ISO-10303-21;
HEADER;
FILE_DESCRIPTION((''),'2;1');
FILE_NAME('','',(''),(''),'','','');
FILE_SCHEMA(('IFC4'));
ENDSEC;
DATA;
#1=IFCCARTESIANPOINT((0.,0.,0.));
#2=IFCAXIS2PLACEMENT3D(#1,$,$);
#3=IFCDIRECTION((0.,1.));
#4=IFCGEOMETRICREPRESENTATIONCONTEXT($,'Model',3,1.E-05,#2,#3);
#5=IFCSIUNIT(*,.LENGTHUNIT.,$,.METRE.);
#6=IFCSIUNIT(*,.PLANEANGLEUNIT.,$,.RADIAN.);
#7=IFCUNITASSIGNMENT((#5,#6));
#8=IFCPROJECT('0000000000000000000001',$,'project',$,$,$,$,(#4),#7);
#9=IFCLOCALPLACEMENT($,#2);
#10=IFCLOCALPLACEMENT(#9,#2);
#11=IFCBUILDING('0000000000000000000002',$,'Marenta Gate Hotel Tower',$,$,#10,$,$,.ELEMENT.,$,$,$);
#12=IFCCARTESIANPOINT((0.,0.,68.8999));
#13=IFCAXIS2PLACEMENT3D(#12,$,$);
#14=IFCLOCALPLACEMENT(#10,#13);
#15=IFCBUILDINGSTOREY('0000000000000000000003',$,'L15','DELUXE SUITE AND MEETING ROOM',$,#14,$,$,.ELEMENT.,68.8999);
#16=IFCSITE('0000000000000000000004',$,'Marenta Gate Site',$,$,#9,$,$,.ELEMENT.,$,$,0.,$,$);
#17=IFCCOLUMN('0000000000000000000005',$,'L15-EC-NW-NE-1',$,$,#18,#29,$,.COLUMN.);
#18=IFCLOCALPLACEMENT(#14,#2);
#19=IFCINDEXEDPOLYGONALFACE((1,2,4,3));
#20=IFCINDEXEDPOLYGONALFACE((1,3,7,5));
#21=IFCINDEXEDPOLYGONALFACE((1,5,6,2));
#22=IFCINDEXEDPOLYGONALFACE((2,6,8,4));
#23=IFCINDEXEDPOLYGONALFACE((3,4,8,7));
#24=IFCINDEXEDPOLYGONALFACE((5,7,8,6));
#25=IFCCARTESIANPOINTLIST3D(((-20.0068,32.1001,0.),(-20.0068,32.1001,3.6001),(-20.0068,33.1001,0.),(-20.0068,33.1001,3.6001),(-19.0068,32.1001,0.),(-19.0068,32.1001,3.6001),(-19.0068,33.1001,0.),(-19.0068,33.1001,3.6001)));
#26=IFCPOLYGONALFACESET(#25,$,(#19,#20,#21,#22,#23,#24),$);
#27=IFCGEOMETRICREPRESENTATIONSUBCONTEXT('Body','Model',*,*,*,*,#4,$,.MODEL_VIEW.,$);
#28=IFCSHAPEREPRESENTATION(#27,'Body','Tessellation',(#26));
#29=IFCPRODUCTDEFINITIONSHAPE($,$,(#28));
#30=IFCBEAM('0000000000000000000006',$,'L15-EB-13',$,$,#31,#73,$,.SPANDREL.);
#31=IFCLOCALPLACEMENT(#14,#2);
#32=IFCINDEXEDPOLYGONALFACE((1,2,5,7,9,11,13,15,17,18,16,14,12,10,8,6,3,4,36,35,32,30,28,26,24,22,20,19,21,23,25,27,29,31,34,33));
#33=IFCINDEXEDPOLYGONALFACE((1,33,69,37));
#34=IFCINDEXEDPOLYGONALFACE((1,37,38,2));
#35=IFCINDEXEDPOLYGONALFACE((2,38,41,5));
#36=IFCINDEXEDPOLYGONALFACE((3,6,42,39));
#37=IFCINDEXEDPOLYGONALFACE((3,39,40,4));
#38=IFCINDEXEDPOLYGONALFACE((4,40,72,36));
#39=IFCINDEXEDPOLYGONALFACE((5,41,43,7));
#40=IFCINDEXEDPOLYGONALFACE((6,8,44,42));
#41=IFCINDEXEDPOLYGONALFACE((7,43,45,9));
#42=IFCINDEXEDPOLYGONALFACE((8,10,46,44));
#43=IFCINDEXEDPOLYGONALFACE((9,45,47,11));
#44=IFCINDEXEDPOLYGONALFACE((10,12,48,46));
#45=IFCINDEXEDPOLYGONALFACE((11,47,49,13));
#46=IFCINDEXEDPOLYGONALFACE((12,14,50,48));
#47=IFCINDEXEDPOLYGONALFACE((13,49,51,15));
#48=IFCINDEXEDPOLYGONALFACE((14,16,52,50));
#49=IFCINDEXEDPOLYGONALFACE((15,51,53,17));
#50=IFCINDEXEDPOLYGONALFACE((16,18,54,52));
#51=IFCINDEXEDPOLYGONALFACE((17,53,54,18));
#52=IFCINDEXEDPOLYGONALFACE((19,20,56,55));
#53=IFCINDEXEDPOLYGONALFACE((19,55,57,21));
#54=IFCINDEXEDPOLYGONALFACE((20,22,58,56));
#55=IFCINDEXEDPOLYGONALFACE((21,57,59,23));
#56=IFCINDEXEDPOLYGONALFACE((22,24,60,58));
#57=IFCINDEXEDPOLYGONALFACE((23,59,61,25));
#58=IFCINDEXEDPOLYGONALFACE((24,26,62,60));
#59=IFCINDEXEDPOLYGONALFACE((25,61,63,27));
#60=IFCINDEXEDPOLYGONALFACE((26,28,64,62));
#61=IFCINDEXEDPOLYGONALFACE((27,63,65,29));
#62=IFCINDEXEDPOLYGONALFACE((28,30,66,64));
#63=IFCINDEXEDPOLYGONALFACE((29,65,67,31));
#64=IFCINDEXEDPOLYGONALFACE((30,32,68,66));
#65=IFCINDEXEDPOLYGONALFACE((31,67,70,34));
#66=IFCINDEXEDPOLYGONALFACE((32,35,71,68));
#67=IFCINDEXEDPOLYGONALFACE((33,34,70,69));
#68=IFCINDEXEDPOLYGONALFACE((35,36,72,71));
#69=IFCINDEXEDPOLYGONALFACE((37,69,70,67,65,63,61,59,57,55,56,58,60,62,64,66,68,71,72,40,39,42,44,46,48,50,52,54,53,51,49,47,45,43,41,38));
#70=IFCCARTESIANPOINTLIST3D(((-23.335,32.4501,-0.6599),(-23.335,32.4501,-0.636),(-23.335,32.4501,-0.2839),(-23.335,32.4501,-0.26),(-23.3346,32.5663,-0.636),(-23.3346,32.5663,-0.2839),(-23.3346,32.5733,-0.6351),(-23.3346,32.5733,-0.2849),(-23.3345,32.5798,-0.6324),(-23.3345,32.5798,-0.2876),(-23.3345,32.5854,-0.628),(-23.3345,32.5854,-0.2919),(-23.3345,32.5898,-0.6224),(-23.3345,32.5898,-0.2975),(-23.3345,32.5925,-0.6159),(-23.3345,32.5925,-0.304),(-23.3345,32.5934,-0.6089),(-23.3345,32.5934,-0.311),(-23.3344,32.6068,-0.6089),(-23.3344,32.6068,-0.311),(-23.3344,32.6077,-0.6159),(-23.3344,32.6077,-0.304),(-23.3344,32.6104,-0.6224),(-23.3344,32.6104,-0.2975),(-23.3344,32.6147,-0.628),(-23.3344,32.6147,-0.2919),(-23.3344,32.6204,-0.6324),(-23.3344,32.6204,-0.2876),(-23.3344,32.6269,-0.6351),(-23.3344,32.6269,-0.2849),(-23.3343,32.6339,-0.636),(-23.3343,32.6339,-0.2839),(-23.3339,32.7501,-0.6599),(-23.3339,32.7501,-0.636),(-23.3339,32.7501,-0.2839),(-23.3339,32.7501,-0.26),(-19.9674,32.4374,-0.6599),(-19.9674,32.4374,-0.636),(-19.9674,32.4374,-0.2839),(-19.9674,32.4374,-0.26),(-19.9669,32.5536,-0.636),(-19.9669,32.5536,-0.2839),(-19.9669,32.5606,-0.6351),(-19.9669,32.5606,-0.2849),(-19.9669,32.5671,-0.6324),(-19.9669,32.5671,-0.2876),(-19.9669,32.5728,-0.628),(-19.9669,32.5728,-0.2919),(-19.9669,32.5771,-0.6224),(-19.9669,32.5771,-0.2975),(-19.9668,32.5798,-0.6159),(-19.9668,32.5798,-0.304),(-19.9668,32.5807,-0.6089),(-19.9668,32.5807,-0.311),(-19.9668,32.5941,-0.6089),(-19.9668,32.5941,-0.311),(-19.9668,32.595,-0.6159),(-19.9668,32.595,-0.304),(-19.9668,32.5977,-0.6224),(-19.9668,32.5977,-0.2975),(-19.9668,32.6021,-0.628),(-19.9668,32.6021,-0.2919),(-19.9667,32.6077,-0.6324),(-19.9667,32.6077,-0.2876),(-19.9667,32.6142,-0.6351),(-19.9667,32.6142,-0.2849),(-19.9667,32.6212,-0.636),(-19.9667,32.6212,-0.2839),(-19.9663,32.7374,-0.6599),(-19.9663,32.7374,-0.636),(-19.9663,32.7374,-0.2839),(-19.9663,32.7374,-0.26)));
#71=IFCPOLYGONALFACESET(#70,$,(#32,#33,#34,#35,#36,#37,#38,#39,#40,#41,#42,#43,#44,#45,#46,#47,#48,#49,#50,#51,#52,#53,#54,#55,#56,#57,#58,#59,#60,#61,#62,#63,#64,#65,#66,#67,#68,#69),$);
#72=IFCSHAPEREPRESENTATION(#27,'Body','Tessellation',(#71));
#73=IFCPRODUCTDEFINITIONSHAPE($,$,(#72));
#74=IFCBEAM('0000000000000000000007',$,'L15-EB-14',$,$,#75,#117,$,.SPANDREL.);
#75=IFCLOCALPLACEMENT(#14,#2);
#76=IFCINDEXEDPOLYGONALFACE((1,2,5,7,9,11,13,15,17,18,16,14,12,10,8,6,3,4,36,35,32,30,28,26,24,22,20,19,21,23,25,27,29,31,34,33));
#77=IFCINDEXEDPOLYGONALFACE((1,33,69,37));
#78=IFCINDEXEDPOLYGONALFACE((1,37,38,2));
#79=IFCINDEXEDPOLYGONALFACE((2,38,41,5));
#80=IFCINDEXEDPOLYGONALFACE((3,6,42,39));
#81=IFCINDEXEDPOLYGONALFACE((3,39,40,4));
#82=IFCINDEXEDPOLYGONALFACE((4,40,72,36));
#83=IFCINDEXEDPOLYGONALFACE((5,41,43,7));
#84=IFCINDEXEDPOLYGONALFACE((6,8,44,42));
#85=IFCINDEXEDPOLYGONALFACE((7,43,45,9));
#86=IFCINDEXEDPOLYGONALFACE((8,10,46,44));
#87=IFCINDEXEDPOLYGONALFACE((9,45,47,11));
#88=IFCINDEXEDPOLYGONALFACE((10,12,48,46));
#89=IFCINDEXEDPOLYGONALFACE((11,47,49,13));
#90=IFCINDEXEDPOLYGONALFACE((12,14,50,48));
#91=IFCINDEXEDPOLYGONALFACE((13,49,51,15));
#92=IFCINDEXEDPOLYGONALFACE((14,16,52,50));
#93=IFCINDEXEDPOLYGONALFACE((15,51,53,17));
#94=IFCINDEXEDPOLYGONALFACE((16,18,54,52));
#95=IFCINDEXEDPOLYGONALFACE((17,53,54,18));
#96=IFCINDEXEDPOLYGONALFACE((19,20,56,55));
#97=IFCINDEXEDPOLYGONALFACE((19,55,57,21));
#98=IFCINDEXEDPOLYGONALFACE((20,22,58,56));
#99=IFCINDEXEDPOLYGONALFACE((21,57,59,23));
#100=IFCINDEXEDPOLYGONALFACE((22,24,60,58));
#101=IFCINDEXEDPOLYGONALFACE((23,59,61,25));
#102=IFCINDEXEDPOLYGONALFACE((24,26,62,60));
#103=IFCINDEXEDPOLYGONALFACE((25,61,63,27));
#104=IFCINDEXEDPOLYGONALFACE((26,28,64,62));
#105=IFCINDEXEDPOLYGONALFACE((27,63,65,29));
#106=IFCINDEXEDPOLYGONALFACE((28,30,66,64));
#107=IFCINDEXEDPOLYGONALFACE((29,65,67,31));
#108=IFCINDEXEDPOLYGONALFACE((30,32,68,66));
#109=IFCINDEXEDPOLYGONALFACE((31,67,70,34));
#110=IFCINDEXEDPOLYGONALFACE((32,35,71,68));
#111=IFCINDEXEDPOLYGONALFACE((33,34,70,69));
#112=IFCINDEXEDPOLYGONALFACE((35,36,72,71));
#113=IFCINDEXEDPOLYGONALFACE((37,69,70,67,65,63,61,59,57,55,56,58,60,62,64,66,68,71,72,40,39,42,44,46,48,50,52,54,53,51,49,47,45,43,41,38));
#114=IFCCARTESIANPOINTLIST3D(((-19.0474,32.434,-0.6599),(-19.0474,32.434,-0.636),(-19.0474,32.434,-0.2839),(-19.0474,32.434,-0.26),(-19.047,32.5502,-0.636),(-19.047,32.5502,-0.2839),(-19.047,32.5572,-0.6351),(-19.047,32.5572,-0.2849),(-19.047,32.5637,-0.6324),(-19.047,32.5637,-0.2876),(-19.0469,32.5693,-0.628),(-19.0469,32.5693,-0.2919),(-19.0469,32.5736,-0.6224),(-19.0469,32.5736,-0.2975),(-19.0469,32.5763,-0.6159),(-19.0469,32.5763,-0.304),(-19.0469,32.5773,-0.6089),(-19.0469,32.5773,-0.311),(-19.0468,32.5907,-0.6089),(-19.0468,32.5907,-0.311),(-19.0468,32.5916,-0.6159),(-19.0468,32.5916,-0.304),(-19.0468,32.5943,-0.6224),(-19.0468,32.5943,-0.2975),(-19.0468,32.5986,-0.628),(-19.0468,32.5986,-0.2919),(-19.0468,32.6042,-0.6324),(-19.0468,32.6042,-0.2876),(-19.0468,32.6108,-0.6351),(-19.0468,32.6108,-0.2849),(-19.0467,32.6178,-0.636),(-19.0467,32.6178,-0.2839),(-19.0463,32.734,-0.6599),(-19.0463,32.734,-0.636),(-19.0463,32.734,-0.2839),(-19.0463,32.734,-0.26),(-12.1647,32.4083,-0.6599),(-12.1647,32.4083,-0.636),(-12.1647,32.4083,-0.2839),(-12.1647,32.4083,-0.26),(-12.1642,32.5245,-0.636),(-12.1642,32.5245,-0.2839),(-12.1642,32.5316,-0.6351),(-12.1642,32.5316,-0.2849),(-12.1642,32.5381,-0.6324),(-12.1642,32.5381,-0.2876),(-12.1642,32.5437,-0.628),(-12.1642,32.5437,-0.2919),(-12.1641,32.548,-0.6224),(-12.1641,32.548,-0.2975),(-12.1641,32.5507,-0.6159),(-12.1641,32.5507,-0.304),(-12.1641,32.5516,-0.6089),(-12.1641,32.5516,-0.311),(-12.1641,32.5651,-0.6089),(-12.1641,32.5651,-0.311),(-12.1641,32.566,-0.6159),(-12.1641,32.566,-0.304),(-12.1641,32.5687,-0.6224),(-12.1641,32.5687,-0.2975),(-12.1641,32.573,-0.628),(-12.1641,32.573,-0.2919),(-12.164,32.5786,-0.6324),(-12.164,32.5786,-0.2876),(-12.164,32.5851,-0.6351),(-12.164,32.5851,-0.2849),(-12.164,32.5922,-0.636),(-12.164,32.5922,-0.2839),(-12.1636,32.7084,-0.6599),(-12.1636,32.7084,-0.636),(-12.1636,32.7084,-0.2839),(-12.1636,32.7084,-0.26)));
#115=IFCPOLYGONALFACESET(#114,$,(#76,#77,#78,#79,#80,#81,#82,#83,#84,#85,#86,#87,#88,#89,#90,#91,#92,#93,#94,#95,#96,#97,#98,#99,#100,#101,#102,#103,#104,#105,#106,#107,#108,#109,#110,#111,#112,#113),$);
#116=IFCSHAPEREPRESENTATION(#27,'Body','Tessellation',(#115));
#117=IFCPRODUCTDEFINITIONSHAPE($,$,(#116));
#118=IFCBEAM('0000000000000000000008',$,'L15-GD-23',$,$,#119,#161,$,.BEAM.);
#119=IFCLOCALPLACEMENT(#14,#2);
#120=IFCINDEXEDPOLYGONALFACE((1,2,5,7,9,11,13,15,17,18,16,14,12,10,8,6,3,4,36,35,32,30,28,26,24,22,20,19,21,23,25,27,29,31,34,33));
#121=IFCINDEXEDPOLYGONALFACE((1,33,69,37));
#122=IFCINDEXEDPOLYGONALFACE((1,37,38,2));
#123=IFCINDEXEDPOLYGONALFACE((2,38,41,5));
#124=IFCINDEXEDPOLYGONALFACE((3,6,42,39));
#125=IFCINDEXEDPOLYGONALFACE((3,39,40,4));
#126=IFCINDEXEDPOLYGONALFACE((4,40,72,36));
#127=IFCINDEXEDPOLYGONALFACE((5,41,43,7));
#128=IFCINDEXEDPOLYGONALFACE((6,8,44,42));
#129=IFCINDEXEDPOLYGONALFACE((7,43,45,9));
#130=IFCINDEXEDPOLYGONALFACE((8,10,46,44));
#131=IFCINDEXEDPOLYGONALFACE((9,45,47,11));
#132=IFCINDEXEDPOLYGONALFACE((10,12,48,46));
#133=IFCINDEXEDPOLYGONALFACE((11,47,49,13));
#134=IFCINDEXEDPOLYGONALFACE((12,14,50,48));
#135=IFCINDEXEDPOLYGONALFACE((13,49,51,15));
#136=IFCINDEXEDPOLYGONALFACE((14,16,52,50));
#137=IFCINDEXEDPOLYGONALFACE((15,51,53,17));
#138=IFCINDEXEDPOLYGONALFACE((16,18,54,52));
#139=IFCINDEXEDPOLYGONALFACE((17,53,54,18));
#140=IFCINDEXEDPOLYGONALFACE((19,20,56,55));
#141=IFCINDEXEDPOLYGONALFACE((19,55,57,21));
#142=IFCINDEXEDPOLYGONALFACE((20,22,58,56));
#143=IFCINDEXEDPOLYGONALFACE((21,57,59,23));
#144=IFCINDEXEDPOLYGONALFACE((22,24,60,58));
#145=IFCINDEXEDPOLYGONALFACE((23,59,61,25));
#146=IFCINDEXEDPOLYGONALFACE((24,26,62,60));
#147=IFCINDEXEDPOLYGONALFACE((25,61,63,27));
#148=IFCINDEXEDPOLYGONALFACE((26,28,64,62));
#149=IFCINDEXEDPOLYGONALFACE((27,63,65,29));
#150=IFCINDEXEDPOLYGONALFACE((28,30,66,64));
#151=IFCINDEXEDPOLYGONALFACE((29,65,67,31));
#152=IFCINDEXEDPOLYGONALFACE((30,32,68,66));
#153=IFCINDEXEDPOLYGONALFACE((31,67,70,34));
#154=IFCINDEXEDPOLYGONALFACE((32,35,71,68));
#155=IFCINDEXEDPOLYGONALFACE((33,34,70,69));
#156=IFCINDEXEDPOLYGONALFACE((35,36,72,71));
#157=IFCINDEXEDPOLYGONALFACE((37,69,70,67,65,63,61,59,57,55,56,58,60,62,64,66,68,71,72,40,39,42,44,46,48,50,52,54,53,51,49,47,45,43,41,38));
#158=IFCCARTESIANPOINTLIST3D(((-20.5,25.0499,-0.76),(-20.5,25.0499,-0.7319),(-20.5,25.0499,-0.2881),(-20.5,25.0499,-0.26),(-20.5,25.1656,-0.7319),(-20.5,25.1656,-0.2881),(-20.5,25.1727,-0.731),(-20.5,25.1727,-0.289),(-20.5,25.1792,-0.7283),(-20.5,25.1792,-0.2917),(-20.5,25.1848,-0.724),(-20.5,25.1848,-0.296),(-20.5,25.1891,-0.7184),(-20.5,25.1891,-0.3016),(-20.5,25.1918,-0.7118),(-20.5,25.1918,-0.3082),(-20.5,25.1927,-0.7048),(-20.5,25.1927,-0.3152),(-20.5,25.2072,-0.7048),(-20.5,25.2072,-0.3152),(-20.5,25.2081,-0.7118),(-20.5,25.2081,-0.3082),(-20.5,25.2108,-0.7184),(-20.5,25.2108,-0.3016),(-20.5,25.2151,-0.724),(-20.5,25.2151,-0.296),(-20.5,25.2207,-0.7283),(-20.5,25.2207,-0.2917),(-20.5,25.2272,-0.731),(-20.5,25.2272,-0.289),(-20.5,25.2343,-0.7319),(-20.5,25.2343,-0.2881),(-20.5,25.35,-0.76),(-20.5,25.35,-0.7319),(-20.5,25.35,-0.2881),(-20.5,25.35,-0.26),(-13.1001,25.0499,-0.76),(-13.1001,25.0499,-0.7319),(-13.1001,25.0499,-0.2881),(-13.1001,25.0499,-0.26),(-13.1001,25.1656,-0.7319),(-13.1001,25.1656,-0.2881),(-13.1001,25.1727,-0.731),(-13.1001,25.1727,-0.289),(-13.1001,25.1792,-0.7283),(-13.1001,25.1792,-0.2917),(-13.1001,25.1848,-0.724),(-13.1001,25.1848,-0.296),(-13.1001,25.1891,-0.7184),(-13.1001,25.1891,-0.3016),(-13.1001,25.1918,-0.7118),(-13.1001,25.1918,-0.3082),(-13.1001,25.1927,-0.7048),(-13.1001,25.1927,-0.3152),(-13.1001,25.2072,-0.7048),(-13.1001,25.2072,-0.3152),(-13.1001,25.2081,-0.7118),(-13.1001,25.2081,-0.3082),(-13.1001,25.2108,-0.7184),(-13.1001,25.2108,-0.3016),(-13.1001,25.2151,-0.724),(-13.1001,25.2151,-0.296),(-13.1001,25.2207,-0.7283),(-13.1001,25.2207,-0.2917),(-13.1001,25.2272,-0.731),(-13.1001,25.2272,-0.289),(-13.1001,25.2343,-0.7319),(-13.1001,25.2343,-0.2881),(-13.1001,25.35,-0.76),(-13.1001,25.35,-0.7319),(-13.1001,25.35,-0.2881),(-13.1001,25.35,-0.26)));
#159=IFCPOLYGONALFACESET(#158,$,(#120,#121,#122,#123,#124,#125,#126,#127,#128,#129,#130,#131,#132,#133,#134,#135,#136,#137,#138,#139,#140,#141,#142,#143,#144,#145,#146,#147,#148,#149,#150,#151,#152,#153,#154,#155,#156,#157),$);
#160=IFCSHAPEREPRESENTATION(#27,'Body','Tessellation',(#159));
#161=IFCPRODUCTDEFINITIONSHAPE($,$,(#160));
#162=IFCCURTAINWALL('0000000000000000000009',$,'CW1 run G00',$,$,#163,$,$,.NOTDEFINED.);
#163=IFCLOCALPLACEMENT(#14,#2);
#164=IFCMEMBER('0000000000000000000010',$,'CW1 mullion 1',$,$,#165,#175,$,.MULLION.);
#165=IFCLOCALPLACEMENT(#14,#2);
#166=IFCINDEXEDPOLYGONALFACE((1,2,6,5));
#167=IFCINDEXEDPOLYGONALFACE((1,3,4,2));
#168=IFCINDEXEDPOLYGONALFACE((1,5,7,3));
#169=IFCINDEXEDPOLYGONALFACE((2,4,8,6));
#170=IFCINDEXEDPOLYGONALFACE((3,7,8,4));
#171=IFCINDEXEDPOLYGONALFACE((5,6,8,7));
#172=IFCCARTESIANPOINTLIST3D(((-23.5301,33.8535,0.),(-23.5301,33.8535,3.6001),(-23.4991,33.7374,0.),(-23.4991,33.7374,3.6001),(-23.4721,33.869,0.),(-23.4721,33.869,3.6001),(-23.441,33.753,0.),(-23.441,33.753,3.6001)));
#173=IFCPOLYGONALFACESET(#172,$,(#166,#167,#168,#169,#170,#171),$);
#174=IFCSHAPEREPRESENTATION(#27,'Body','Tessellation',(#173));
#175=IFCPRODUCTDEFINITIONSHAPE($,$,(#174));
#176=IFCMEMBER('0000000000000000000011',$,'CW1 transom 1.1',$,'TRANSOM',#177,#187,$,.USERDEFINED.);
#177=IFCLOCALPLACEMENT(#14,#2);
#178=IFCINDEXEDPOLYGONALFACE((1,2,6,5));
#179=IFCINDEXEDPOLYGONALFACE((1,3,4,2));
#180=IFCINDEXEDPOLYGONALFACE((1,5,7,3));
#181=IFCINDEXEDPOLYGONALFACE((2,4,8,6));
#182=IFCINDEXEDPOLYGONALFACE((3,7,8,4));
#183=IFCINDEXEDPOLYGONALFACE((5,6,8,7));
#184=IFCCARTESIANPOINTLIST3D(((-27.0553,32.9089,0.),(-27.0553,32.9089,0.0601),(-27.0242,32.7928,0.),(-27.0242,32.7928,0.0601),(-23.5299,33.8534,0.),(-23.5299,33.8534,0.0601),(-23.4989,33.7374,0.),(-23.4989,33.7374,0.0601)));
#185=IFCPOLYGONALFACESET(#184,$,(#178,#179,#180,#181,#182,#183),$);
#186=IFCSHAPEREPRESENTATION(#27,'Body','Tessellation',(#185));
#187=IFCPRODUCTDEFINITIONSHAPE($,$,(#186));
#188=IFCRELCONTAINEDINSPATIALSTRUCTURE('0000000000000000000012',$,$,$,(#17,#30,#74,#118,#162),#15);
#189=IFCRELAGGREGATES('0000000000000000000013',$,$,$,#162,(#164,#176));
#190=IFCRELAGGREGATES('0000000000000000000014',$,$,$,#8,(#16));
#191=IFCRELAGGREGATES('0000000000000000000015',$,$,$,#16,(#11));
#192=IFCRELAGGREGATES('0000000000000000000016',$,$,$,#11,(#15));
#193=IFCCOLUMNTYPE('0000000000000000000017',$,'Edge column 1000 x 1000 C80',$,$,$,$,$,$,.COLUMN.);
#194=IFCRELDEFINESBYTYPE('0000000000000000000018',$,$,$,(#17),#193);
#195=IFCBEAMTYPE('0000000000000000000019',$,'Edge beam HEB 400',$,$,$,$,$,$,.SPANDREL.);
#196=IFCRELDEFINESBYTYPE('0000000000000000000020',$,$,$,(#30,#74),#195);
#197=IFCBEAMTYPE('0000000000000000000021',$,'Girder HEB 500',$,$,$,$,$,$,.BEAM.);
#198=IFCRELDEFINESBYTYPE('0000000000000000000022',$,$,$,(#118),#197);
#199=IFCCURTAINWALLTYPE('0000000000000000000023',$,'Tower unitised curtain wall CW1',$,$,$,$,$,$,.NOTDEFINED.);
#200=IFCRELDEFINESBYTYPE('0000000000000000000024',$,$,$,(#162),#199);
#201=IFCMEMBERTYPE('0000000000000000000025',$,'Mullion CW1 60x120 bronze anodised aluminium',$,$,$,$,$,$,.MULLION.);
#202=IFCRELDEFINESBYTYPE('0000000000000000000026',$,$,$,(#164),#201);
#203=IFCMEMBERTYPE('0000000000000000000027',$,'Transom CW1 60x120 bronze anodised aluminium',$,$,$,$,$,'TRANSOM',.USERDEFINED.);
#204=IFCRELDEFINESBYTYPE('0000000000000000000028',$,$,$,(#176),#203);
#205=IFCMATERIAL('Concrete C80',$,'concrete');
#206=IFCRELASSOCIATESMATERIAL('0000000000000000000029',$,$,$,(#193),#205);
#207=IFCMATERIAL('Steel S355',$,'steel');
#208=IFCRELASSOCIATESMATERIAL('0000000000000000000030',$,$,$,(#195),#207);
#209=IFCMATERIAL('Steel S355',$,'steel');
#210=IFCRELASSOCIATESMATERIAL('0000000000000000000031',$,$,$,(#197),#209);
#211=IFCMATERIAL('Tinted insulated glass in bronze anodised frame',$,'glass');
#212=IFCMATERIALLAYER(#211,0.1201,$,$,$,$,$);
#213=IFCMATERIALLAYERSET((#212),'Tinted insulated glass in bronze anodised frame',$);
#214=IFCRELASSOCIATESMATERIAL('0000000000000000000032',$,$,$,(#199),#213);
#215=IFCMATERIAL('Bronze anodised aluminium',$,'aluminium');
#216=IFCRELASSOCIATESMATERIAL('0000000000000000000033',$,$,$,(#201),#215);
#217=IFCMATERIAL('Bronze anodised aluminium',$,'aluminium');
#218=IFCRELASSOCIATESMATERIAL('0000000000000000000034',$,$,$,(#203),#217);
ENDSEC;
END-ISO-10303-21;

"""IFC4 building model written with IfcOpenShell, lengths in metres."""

from ifc_helpers import new_model, si_unit, direction, frame, origin, origin_2d, place, context, subcontext, project, spatial, rectangle, i_section, extrude, material, layer, layer_set, material_profile, profile_set, type_object, element, aggregate, save


model = new_model("IFC4")

# Units and contexts
model_context = context("Model", 3, precision=1e-05, world=origin(), true_north=direction((0.0, 1.0)))
body_context = subcontext(model_context, "Body", "Model", "MODEL_VIEW")
ifc_project = project(units=[si_unit("LENGTHUNIT", "METRE"), si_unit("PLANEANGLEUNIT", "RADIAN")], contexts=[model_context])

# Site, building, storey
site_placement = place(None, origin())
site = spatial("IfcSite", under=ifc_project, at=site_placement, Name="Marenta Gate Site", CompositionType="ELEMENT", RefElevation=0.0)
building_placement = place(site_placement, origin())
building = spatial("IfcBuilding", under=site, at=building_placement, Name="Marenta Gate Hotel Tower", CompositionType="ELEMENT")
storey_placement = place(building_placement, frame((0.0, 0.0, 68.8999)))
storey = spatial("IfcBuildingStorey", under=building, at=storey_placement, Name="L15", Description="DELUXE SUITE AND MEETING ROOM", CompositionType="ELEMENT", Elevation=68.8999)

# Column
ifc_material_1 = material(Name="Concrete C80", Category="concrete")
ifc_material_profile_1 = material_profile(ifc_material_1, rectangle(XDim=1.0, YDim=1.0, at=origin_2d()), Name="1000 x 1000")
ifc_profile_set_1 = profile_set([ifc_material_profile_1], Name="Concrete C80")
column_type = type_object("IfcColumnType", Name="Edge column 1000 x 1000 C80", PredefinedType="COLUMN", material=ifc_profile_set_1)
column_placement = place(storey_placement, frame((-19.5068, 32.6001, 0.0), z_axis=(0.0, 0.0, 1.0), x_axis=(1.0, 0.0, 0.0)))
element("IfcColumn", 1, at=column_placement, inside=storey, type_object=column_type, Name="L15-EC-NW-NE-1", PredefinedType="COLUMN", context=body_context, shape_type="SweptSolid", body=[
    extrude(rectangle(XDim=1.0, YDim=1.0, at=origin_2d()), origin(), (0.0, 0.0, 1.0), 3.6001),
])

# Beams
ifc_material_2 = material(Name="Steel S355", Category="steel")
ifc_material_profile_2 = material_profile(ifc_material_2, i_section(OverallWidth=0.3, OverallDepth=0.3999, WebThickness=0.0134, FlangeThickness=0.0239, FilletRadius=0.0271, at=origin_2d()), Name="HEB 400")
ifc_profile_set_2 = profile_set([ifc_material_profile_2], Name="Steel S355")
beam_type_1 = type_object("IfcBeamType", Name="Edge beam HEB 400", PredefinedType="SPANDREL", material=ifc_profile_set_2)
beam_1_placement = place(storey_placement, frame((-23.3345, 32.6001, -0.46), z_axis=(0.999993, -0.00377, 0.0), x_axis=(0.00377, 0.999993, 0.0)))
element("IfcBeam", 2, at=beam_1_placement, inside=storey, type_object=beam_type_1, Name="L15-EB-13", PredefinedType="SPANDREL", context=body_context, shape_type="SweptSolid", body=[
    extrude(i_section(OverallWidth=0.3, OverallDepth=0.3999, WebThickness=0.0134, FlangeThickness=0.0239, FilletRadius=0.0271, at=origin_2d()), origin(), (0.0, 0.0, 1.0), 3.3677),
])
beam_2_placement = place(storey_placement, frame((-19.0469, 32.584, -0.46), z_axis=(0.999993, -0.003724, 0.0), x_axis=(0.003724, 0.999993, 0.0)))
element("IfcBeam", 3, at=beam_2_placement, inside=storey, type_object=beam_type_1, Name="L15-EB-14", PredefinedType="SPANDREL", context=body_context, shape_type="SweptSolid", body=[
    extrude(i_section(OverallWidth=0.3, OverallDepth=0.3999, WebThickness=0.0134, FlangeThickness=0.0239, FilletRadius=0.0271, at=origin_2d()), origin(), (0.0, 0.0, 1.0), 6.8828),
])
ifc_material_3 = material(Name="Steel S355", Category="steel")
ifc_material_profile_3 = material_profile(ifc_material_3, i_section(OverallWidth=0.3, OverallDepth=0.5, WebThickness=0.0144, FlangeThickness=0.0281, FilletRadius=0.0271, at=origin_2d()), Name="HEB 500")
ifc_profile_set_3 = profile_set([ifc_material_profile_3], Name="Steel S355")
beam_type_2 = type_object("IfcBeamType", Name="Girder HEB 500", PredefinedType="BEAM", material=ifc_profile_set_3)
beam_3_placement = place(storey_placement, frame((-20.5, 25.2, -0.51), z_axis=(1.0, 0.0, 0.0), x_axis=(0.0, 1.0, 0.0)))
element("IfcBeam", 4, at=beam_3_placement, inside=storey, type_object=beam_type_2, Name="L15-GD-23", PredefinedType="BEAM", context=body_context, shape_type="SweptSolid", body=[
    extrude(i_section(OverallWidth=0.3, OverallDepth=0.5, WebThickness=0.0144, FlangeThickness=0.0281, FilletRadius=0.0271, at=origin_2d()), origin(), (0.0, 0.0, 1.0), 7.3999),
])

# Curtain wall, members
ifc_material_4 = material(Name="Tinted insulated glass in bronze anodised frame", Category="glass")
ifc_layer_1 = layer(ifc_material_4, 0.1201)
ifc_layer_set_1 = layer_set([ifc_layer_1], Name="Tinted insulated glass in bronze anodised frame")
curtain_wall_type = type_object("IfcCurtainWallType", Name="Tower unitised curtain wall CW1", PredefinedType="NOTDEFINED", material=ifc_layer_set_1)
curtain_wall_placement = place(storey_placement, origin())
curtain_wall = element("IfcCurtainWall", 5, at=curtain_wall_placement, inside=storey, type_object=curtain_wall_type, Name="CW1 run G00", PredefinedType="NOTDEFINED")
ifc_material_5 = material(Name="Bronze anodised aluminium", Category="aluminium")
ifc_material_profile_4 = material_profile(ifc_material_5, rectangle(XDim=0.1201, YDim=0.0601, at=origin_2d()), Name="Mullion CW1 60x120 bronze anodised aluminium")
ifc_profile_set_4 = profile_set([ifc_material_profile_4], Name="Bronze anodised aluminium")
member_type_1 = type_object("IfcMemberType", Name="Mullion CW1 60x120 bronze anodised aluminium", PredefinedType="MULLION", material=ifc_profile_set_4)
member_1_placement = place(storey_placement, frame((-23.4856, 33.8032, 0.0), z_axis=(0.0, 0.0, 1.0), x_axis=(0.258802, -0.96593, 0.0)))
member_1 = element("IfcMember", 6, at=member_1_placement, type_object=member_type_1, Name="CW1 mullion 1", PredefinedType="MULLION", context=body_context, shape_type="SweptSolid", body=[
    extrude(rectangle(XDim=0.1201, YDim=0.0601, at=origin_2d()), origin(), (0.0, 0.0, 1.0), 3.6001),
])
ifc_material_6 = material(Name="Bronze anodised aluminium", Category="aluminium")
ifc_material_profile_5 = material_profile(ifc_material_6, rectangle(XDim=0.1201, YDim=0.0601, at=origin_2d()), Name="Transom CW1 60x120 bronze anodised aluminium")
ifc_profile_set_5 = profile_set([ifc_material_profile_5], Name="Bronze anodised aluminium")
member_type_2 = type_object("IfcMemberType", Name="Transom CW1 60x120 bronze anodised aluminium", ElementType="TRANSOM", PredefinedType="USERDEFINED", material=ifc_profile_set_5)
member_2_placement = place(storey_placement, frame((-23.5144, 33.7954, 0.03), z_axis=(-0.965929, -0.258807, 0.0), x_axis=(0.258807, -0.965929, 0.0)))
member_2 = element("IfcMember", 7, at=member_2_placement, type_object=member_type_2, Name="CW1 transom 1.1", ObjectType="TRANSOM", PredefinedType="USERDEFINED", context=body_context, shape_type="SweptSolid", body=[
    extrude(rectangle(XDim=0.1201, YDim=0.0601, at=origin_2d()), origin(), (0.0, 0.0, 1.0), 3.6497),
])
aggregate(curtain_wall, [member_1, member_2])

save(model, "model.ifc")
